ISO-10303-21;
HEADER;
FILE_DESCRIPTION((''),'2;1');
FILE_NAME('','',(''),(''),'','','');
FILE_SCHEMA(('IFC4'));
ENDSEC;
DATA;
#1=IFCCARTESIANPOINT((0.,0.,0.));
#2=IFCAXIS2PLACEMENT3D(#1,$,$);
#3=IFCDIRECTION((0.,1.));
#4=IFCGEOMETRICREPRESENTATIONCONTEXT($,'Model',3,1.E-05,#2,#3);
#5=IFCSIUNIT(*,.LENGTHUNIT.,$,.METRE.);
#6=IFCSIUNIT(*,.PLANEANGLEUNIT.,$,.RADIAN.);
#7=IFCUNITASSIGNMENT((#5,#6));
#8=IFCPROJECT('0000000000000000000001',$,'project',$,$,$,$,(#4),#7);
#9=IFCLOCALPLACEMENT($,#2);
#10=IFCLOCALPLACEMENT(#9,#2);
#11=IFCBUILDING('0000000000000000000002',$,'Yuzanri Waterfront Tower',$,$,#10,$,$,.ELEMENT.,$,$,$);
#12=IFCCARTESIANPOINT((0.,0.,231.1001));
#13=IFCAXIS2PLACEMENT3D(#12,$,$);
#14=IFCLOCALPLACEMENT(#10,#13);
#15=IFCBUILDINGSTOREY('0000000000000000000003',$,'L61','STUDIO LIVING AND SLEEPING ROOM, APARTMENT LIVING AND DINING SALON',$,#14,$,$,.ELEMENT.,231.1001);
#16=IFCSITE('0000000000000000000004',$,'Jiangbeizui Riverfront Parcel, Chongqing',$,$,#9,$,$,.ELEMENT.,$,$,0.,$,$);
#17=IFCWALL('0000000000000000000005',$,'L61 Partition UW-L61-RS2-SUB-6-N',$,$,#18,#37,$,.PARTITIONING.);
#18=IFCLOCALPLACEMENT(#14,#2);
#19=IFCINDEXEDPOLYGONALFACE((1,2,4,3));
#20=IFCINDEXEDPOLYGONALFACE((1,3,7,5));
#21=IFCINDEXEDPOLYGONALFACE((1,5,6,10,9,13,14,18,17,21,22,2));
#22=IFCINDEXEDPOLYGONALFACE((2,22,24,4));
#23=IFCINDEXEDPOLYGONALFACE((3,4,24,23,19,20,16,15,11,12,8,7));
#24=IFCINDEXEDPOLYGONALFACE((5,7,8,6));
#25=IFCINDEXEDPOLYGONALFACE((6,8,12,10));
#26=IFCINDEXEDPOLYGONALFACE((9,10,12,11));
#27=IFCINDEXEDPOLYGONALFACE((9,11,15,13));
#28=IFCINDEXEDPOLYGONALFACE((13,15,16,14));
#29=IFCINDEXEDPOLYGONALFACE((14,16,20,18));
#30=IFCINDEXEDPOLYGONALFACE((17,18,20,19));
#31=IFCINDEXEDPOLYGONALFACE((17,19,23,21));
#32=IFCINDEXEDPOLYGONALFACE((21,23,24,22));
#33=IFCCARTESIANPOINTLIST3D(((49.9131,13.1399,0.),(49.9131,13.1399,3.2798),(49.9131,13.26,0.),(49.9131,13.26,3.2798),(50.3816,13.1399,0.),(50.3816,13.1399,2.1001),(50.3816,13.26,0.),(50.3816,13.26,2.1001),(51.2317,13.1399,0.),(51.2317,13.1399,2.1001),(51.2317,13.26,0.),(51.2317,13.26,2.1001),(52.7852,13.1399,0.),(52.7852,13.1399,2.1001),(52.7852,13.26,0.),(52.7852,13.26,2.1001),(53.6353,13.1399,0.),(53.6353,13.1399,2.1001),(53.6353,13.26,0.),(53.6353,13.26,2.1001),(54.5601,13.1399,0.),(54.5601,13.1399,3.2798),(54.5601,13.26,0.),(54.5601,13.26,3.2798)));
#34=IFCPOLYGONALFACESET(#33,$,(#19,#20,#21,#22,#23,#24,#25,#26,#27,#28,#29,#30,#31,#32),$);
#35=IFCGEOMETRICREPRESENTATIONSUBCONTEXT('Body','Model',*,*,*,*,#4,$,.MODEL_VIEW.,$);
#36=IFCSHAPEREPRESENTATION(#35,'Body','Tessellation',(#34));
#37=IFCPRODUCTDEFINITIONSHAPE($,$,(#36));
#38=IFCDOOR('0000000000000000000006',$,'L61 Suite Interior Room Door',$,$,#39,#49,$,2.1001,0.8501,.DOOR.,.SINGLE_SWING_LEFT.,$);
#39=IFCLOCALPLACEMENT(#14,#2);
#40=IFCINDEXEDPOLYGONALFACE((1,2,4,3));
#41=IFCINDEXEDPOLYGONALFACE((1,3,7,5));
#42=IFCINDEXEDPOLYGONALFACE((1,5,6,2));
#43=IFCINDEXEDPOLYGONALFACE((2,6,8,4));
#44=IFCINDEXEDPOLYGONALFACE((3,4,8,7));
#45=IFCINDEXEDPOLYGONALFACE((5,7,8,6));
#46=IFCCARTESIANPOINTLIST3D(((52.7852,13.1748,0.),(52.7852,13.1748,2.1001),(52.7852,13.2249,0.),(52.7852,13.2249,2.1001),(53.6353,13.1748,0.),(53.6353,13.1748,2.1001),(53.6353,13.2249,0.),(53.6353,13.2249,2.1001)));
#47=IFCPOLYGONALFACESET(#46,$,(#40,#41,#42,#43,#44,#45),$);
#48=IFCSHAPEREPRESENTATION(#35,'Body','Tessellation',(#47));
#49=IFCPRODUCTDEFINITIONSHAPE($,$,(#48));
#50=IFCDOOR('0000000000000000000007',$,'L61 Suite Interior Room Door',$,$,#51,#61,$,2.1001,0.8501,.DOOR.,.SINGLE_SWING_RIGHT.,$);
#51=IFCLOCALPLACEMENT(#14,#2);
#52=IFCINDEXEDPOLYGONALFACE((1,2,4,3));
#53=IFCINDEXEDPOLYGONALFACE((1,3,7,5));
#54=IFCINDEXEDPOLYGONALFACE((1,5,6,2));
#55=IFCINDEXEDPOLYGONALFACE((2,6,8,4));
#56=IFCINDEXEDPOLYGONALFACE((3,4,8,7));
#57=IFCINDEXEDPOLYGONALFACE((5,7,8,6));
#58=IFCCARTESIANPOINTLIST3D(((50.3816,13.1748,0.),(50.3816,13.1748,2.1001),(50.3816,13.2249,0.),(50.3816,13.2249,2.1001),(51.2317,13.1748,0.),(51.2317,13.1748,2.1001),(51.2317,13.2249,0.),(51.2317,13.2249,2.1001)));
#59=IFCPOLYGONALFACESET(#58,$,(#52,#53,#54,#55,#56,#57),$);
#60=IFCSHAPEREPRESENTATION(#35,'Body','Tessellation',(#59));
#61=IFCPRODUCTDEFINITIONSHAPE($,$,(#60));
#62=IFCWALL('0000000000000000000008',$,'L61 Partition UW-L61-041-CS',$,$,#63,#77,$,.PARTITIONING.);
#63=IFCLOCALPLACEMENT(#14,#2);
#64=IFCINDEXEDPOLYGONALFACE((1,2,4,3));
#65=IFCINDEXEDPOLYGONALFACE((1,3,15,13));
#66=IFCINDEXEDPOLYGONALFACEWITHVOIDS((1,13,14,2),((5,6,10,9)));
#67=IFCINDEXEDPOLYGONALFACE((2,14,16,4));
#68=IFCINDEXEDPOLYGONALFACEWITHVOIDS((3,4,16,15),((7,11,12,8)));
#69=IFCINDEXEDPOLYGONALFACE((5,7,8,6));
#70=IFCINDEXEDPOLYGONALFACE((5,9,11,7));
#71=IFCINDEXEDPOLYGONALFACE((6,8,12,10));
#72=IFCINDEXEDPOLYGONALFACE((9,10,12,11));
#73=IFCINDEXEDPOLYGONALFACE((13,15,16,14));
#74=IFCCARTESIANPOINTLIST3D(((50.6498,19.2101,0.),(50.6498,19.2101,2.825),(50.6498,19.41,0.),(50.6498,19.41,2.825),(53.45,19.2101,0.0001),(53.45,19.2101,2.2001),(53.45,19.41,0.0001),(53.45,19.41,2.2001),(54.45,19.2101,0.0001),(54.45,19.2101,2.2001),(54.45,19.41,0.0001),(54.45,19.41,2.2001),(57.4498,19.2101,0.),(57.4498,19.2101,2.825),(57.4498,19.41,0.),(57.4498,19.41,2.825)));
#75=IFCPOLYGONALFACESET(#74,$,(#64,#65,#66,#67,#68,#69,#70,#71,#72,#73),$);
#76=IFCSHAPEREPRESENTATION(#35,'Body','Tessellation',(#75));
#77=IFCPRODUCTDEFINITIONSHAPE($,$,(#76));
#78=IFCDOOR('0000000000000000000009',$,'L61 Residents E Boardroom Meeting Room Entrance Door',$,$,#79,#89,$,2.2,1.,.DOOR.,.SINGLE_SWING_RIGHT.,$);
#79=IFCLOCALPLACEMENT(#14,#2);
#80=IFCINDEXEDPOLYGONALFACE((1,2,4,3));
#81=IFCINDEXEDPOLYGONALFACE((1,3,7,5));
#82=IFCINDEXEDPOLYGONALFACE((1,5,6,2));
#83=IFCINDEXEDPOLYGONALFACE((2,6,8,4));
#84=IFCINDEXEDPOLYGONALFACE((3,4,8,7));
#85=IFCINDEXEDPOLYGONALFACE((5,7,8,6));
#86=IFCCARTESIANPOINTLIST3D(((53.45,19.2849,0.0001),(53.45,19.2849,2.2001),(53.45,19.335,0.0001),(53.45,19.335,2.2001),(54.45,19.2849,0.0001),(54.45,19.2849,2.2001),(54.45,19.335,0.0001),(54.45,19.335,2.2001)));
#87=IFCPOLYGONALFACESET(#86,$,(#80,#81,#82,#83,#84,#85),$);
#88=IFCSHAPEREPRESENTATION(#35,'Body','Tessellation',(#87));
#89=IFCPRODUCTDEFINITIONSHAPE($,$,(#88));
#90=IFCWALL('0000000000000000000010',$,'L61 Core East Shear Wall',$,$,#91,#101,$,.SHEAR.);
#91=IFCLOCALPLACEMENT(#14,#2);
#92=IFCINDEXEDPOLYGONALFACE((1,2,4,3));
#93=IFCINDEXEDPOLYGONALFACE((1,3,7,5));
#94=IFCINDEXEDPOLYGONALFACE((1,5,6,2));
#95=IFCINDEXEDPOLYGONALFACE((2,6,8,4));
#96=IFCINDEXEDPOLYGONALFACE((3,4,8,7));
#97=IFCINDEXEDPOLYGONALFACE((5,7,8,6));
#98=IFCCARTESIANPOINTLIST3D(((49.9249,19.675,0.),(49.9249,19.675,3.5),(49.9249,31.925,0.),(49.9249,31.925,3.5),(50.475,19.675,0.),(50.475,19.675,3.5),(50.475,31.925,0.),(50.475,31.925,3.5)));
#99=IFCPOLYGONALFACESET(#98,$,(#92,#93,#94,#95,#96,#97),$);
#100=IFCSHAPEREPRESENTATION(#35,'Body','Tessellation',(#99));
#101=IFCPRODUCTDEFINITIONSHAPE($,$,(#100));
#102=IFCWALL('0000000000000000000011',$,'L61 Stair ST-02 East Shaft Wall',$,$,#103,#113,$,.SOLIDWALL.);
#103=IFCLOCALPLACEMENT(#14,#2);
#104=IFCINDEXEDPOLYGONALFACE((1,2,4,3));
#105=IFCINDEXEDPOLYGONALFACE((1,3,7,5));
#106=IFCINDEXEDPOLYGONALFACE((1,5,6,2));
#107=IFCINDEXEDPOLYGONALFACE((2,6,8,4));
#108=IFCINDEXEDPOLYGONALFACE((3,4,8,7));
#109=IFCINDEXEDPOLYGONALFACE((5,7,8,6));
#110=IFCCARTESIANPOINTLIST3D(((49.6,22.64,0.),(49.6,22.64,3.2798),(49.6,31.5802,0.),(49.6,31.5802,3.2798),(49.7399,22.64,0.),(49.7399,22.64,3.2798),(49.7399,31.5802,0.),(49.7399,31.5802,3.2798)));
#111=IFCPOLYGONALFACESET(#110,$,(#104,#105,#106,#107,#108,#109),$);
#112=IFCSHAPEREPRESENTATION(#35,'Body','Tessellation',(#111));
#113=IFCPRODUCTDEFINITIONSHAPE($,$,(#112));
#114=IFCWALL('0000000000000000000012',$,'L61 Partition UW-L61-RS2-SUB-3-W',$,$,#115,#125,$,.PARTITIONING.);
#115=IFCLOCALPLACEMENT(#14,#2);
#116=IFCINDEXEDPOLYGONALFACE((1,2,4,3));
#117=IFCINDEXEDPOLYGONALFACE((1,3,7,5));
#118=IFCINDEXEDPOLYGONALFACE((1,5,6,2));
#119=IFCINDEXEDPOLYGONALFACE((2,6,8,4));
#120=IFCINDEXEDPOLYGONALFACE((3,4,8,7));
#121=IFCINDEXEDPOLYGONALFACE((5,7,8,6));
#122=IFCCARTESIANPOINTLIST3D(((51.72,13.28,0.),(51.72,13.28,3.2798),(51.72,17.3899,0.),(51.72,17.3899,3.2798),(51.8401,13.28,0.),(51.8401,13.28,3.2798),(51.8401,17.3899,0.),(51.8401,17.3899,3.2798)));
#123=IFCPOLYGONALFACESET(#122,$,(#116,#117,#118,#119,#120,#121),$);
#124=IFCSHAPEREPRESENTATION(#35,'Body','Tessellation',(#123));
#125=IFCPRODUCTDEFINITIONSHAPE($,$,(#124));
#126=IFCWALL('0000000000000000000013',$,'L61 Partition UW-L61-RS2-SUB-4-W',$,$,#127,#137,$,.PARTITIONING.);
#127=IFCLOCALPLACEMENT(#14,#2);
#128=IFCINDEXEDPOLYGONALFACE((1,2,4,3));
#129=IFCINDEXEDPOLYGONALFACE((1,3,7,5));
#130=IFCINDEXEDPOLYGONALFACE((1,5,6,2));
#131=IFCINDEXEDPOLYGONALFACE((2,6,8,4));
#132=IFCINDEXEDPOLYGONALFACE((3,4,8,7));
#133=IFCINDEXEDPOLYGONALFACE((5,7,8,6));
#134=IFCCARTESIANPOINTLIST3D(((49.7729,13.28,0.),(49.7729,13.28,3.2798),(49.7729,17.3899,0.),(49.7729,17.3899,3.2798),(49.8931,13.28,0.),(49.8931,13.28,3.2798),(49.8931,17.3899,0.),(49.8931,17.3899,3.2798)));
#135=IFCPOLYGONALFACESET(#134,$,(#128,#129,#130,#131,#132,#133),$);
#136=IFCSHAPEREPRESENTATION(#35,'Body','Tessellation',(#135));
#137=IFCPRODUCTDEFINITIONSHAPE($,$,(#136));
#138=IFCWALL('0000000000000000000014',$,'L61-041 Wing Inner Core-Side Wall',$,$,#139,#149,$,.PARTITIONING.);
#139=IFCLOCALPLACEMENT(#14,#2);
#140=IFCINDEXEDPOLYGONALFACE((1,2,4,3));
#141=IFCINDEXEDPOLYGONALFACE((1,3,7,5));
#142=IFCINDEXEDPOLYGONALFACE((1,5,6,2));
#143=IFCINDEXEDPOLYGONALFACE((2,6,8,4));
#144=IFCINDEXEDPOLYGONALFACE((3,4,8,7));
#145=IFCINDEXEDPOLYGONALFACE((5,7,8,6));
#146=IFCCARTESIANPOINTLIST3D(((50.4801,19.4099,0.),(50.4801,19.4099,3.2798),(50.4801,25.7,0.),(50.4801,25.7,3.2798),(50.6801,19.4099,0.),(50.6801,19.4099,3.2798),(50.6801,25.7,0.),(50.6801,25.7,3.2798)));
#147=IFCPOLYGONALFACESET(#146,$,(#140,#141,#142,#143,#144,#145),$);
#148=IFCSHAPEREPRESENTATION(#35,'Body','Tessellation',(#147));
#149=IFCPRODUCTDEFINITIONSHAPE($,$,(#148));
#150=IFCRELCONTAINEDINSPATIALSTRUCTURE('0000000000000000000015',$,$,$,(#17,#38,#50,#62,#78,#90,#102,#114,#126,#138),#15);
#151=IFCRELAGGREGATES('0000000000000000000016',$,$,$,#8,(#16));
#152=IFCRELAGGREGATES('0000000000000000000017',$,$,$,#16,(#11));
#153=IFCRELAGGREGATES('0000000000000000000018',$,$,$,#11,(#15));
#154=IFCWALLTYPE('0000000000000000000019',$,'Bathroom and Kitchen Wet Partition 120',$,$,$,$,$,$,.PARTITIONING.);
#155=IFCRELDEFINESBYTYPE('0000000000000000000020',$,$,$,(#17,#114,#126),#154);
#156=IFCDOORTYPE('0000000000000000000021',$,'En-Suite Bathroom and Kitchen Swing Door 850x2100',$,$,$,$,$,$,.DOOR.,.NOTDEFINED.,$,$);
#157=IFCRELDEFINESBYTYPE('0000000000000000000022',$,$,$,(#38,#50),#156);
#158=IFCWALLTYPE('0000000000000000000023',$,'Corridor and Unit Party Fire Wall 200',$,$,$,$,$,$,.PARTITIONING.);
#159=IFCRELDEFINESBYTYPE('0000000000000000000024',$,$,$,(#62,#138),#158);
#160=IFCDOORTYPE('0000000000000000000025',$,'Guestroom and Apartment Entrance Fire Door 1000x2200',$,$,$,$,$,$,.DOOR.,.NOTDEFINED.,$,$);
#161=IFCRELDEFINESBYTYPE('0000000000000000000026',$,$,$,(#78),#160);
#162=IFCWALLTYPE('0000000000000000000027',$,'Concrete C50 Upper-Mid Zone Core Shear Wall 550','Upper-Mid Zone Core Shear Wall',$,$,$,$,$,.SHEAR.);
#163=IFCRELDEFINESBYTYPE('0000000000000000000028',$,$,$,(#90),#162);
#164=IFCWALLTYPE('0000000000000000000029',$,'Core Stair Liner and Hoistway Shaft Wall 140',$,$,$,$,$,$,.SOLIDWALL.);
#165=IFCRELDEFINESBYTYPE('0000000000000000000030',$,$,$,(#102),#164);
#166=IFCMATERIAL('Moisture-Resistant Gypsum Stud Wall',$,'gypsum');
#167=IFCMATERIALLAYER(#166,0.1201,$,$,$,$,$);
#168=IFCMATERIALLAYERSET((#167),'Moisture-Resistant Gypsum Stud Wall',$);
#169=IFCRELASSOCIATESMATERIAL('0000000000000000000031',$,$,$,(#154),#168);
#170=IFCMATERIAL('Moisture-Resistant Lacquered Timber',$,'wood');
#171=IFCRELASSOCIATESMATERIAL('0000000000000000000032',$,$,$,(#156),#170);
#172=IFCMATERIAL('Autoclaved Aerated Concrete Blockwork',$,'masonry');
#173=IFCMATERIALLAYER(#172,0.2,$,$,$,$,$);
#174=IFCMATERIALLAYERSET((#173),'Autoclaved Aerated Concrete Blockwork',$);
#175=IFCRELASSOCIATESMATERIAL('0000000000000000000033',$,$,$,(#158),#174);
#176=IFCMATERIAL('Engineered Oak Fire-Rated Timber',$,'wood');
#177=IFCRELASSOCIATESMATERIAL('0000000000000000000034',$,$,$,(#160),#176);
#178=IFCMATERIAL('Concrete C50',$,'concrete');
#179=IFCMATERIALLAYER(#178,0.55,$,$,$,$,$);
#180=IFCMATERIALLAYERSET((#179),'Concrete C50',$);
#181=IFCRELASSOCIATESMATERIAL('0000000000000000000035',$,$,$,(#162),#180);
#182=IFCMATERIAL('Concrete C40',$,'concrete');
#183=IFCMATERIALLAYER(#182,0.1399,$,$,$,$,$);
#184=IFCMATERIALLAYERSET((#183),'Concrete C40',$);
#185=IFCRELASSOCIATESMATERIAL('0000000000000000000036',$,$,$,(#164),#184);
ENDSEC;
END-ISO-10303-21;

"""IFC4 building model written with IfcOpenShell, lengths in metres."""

from ifc_helpers import new_model, si_unit, direction, frame, frame_2d, origin, place, context, subcontext, project, spatial, rectangle, extrude, source, transform, mapped, material, layer, layer_set, type_object, element, fill, save


model = new_model("IFC4")

# Units and contexts
model_context = context("Model", 3, precision=1e-05, world=origin(), true_north=direction((0.0, 1.0)))
body_context = subcontext(model_context, "Body", "Model", "MODEL_VIEW")
ifc_project = project(units=[si_unit("LENGTHUNIT", "METRE"), si_unit("PLANEANGLEUNIT", "RADIAN")], contexts=[model_context])

# Site, building, storey
site_placement = place(None, origin())
site = spatial("IfcSite", under=ifc_project, at=site_placement, Name="Jiangbeizui Riverfront Parcel, Chongqing", CompositionType="ELEMENT", RefElevation=0.0)
building_placement = place(site_placement, origin())
building = spatial("IfcBuilding", under=site, at=building_placement, Name="Yuzanri Waterfront Tower", CompositionType="ELEMENT")
storey_placement = place(building_placement, frame((0.0, 0.0, 231.1001)))
storey = spatial("IfcBuildingStorey", under=building, at=storey_placement, Name="L61", Description="STUDIO LIVING AND SLEEPING ROOM, APARTMENT LIVING AND DINING SALON", CompositionType="ELEMENT", Elevation=231.1001)

# Wall, openings, doors
ifc_material_1 = material(Name="Moisture-Resistant Gypsum Stud Wall", Category="gypsum")
ifc_layer_1 = layer(ifc_material_1, 0.1201)
ifc_layer_set_1 = layer_set([ifc_layer_1], Name="Moisture-Resistant Gypsum Stud Wall")
wall_type_1 = type_object("IfcWallType", Name="Bathroom and Kitchen Wet Partition 120", PredefinedType="PARTITIONING", material=ifc_layer_set_1)
wall_1_placement = place(storey_placement, frame((49.9131, 13.2, 0.0), z_axis=(0.0, 0.0, 1.0), x_axis=(1.0, 0.0, 0.0)))
wall_1 = element("IfcWall", 1, at=wall_1_placement, inside=storey, type_object=wall_type_1, Name="L61 Partition UW-L61-RS2-SUB-6-N", PredefinedType="PARTITIONING", context=body_context, shape_type="SweptSolid", body=[
    extrude(rectangle(XDim=4.647, YDim=0.1201, at=frame_2d((2.3235, 0.0))), origin(), (0.0, 0.0, 1.0), 3.2798),
])
opening_1_placement = place(wall_1_placement, frame((2.8721, 0.0, 0.0)))
opening_1 = element("IfcOpeningElement", 2, at=opening_1_placement, cuts=wall_1, PredefinedType="OPENING", context=body_context, shape_type="SweptSolid", body=[
    extrude(rectangle(XDim=0.8501, YDim=2.1001, at=frame_2d((0.425, 1.05))), frame((0.0, 0.075, 0.0), z_axis=(0.0, -1.0, 0.0), x_axis=(1.0, 0.0, 0.0)), (0.0, 0.0, 1.0), 0.1499),
])
opening_2_placement = place(wall_1_placement, frame((0.4685, 0.0, 0.0)))
opening_2 = element("IfcOpeningElement", 3, at=opening_2_placement, cuts=wall_1, PredefinedType="OPENING", context=body_context, shape_type="SweptSolid", body=[
    extrude(rectangle(XDim=0.8501, YDim=2.1001, at=frame_2d((0.425, 1.05))), frame((0.0, 0.075, 0.0), z_axis=(0.0, -1.0, 0.0), x_axis=(1.0, 0.0, 0.0)), (0.0, 0.0, 1.0), 0.1499),
])
ifc_material_2 = material(Name="Moisture-Resistant Lacquered Timber", Category="wood")
door_type_1 = type_object("IfcDoorType", Name="En-Suite Bathroom and Kitchen Swing Door 850x2100", OperationType="NOTDEFINED", PredefinedType="DOOR", material=ifc_material_2)
shared_shape_1 = source(origin(), body_context, "Body", "SweptSolid", [
    extrude(rectangle(XDim=0.8501, YDim=2.1001, at=frame_2d((0.425, 1.05))), frame((0.0, 0.0249, 0.0), z_axis=(0.0, -1.0, 0.0), x_axis=(1.0, 0.0, 0.0)), (0.0, 0.0, 1.0), 0.05),
])
door_1_placement = place(opening_1_placement, origin())
door_1 = element("IfcDoor", 4, at=door_1_placement, inside=storey, type_object=door_type_1, Name="L61 Suite Interior Room Door", OperationType="SINGLE_SWING_LEFT", OverallHeight=2.1001, OverallWidth=0.8501, PredefinedType="DOOR", context=body_context, shape_type="MappedRepresentation", body=[
    mapped(shared_shape_1, transform((0.0, 0.0, 0.0), scale=1.0)),
])
fill(opening_1, door_1)
door_2_placement = place(opening_2_placement, origin())
door_2 = element("IfcDoor", 5, at=door_2_placement, inside=storey, type_object=door_type_1, Name="L61 Suite Interior Room Door", OperationType="SINGLE_SWING_RIGHT", OverallHeight=2.1001, OverallWidth=0.8501, PredefinedType="DOOR", context=body_context, shape_type="MappedRepresentation", body=[
    mapped(shared_shape_1, transform((0.0, 0.0, 0.0), scale=1.0)),
])
fill(opening_2, door_2)

# Wall, opening, door
ifc_material_3 = material(Name="Autoclaved Aerated Concrete Blockwork", Category="masonry")
ifc_layer_2 = layer(ifc_material_3, 0.2)
ifc_layer_set_2 = layer_set([ifc_layer_2], Name="Autoclaved Aerated Concrete Blockwork")
wall_type_2 = type_object("IfcWallType", Name="Corridor and Unit Party Fire Wall 200", PredefinedType="PARTITIONING", material=ifc_layer_set_2)
wall_2_placement = place(storey_placement, frame((50.6499, 19.3101, 0.0), z_axis=(0.0, 0.0, 1.0), x_axis=(1.0, 0.0, 0.0)))
wall_2 = element("IfcWall", 6, at=wall_2_placement, inside=storey, type_object=wall_type_2, Name="L61 Partition UW-L61-041-CS", PredefinedType="PARTITIONING", context=body_context, shape_type="SweptSolid", body=[
    extrude(rectangle(XDim=6.8, YDim=0.2, at=frame_2d((3.3999, 0.0))), origin(), (0.0, 0.0, 1.0), 2.825),
])
opening_3_placement = place(wall_2_placement, frame((2.8, 0.0, 0.0)))
opening_3 = element("IfcOpeningElement", 7, at=opening_3_placement, cuts=wall_2, PredefinedType="OPENING", context=body_context, shape_type="SweptSolid", body=[
    extrude(rectangle(XDim=1.0, YDim=2.2, at=frame_2d((0.5, 1.1001))), frame((0.0, 0.1147, 0.0), z_axis=(0.0, -1.0, 0.0), x_axis=(1.0, 0.0, 0.0)), (0.0, 0.0, 1.0), 0.2297),
])
ifc_material_4 = material(Name="Engineered Oak Fire-Rated Timber", Category="wood")
door_type_2 = type_object("IfcDoorType", Name="Guestroom and Apartment Entrance Fire Door 1000x2200", OperationType="NOTDEFINED", PredefinedType="DOOR", material=ifc_material_4)
shared_shape_2 = source(origin(), body_context, "Body", "SweptSolid", [
    extrude(rectangle(XDim=1.0, YDim=2.2, at=frame_2d((0.5, 1.1001))), frame((0.0, 0.0249, 0.0), z_axis=(0.0, -1.0, 0.0), x_axis=(1.0, 0.0, 0.0)), (0.0, 0.0, 1.0), 0.05),
])
door_3_placement = place(opening_3_placement, origin())
door_3 = element("IfcDoor", 8, at=door_3_placement, inside=storey, type_object=door_type_2, Name="L61 Residents E Boardroom Meeting Room Entrance Door", OperationType="SINGLE_SWING_RIGHT", OverallHeight=2.2, OverallWidth=1.0, PredefinedType="DOOR", context=body_context, shape_type="MappedRepresentation", body=[
    mapped(shared_shape_2, transform((0.0, 0.0, 0.0), scale=1.0)),
])
fill(opening_3, door_3)

# Walls
ifc_material_5 = material(Name="Concrete C50", Category="concrete")
ifc_layer_3 = layer(ifc_material_5, 0.55)
ifc_layer_set_3 = layer_set([ifc_layer_3], Name="Concrete C50")
wall_type_3 = type_object("IfcWallType", Name="Concrete C50 Upper-Mid Zone Core Shear Wall 550", Description="Upper-Mid Zone Core Shear Wall", PredefinedType="SHEAR", material=ifc_layer_set_3)
shared_shape_3 = source(origin(), body_context, "Body", "SweptSolid", [
    extrude(rectangle(XDim=12.25, YDim=0.55, at=frame_2d((6.125, 0.0))), origin(), (0.0, 0.0, 1.0), 3.5),
])
wall_3_placement = place(storey_placement, frame((50.2, 19.675, 0.0), z_axis=(0.0, 0.0, 1.0), x_axis=(0.0, 1.0, 0.0)))
element("IfcWall", 9, at=wall_3_placement, inside=storey, type_object=wall_type_3, Name="L61 Core East Shear Wall", PredefinedType="SHEAR", context=body_context, shape_type="MappedRepresentation", body=[
    mapped(shared_shape_3, transform((0.0, 0.0, 0.0), scale=1.0)),
])
ifc_material_6 = material(Name="Concrete C40", Category="concrete")
ifc_layer_4 = layer(ifc_material_6, 0.1399)
ifc_layer_set_4 = layer_set([ifc_layer_4], Name="Concrete C40")
wall_type_4 = type_object("IfcWallType", Name="Core Stair Liner and Hoistway Shaft Wall 140", PredefinedType="SOLIDWALL", material=ifc_layer_set_4)
shared_shape_4 = source(origin(), body_context, "Body", "SweptSolid", [
    extrude(rectangle(XDim=8.9402, YDim=0.1399, at=frame_2d((4.4702, 0.0))), origin(), (0.0, 0.0, 1.0), 3.2798),
])
wall_4_placement = place(storey_placement, frame((49.6699, 22.6399, 0.0), z_axis=(0.0, 0.0, 1.0), x_axis=(0.0, 1.0, 0.0)))
element("IfcWall", 10, at=wall_4_placement, inside=storey, type_object=wall_type_4, Name="L61 Stair ST-02 East Shaft Wall", PredefinedType="SOLIDWALL", context=body_context, shape_type="MappedRepresentation", body=[
    mapped(shared_shape_4, transform((0.0, 0.0, 0.0), scale=1.0)),
])
shared_shape_5 = source(origin(), body_context, "Body", "SweptSolid", [
    extrude(rectangle(XDim=4.1099, YDim=0.1201, at=frame_2d((2.0549, 0.0))), origin(), (0.0, 0.0, 1.0), 3.2798),
])
for number, where, z_axis, x_axis, name in (
    (11, (51.78, 13.28, 0.0), (0.0, 0.0, 1.0), (0.0, 1.0, 0.0), "L61 Partition UW-L61-RS2-SUB-3-W"),
    (12, (49.833, 13.28, 0.0), (0.0, 0.0, 1.0), (0.0, 1.0, 0.0), "L61 Partition UW-L61-RS2-SUB-4-W"),
):
    element("IfcWall", number, at=place(storey_placement, frame(where, z_axis=z_axis, x_axis=x_axis)), inside=storey, type_object=wall_type_1, Name=name, PredefinedType="PARTITIONING", context=body_context, shape_type="MappedRepresentation", body=[
        mapped(shared_shape_5, transform((0.0, 0.0, 0.0), scale=1.0)),
    ])
shared_shape_6 = source(origin(), body_context, "Body", "SweptSolid", [
    extrude(rectangle(XDim=6.29, YDim=0.2, at=frame_2d((3.145, 0.0))), origin(), (0.0, 0.0, 1.0), 3.2798),
])
wall_5_placement = place(storey_placement, frame((50.5801, 19.4099, 0.0), z_axis=(0.0, 0.0, 1.0), x_axis=(0.0, 1.0, 0.0)))
element("IfcWall", 13, at=wall_5_placement, inside=storey, type_object=wall_type_2, Name="L61-041 Wing Inner Core-Side Wall", PredefinedType="PARTITIONING", context=body_context, shape_type="MappedRepresentation", body=[
    mapped(shared_shape_6, transform((0.0, 0.0, 0.0), scale=1.0)),
])

save(model, "model.ifc")
